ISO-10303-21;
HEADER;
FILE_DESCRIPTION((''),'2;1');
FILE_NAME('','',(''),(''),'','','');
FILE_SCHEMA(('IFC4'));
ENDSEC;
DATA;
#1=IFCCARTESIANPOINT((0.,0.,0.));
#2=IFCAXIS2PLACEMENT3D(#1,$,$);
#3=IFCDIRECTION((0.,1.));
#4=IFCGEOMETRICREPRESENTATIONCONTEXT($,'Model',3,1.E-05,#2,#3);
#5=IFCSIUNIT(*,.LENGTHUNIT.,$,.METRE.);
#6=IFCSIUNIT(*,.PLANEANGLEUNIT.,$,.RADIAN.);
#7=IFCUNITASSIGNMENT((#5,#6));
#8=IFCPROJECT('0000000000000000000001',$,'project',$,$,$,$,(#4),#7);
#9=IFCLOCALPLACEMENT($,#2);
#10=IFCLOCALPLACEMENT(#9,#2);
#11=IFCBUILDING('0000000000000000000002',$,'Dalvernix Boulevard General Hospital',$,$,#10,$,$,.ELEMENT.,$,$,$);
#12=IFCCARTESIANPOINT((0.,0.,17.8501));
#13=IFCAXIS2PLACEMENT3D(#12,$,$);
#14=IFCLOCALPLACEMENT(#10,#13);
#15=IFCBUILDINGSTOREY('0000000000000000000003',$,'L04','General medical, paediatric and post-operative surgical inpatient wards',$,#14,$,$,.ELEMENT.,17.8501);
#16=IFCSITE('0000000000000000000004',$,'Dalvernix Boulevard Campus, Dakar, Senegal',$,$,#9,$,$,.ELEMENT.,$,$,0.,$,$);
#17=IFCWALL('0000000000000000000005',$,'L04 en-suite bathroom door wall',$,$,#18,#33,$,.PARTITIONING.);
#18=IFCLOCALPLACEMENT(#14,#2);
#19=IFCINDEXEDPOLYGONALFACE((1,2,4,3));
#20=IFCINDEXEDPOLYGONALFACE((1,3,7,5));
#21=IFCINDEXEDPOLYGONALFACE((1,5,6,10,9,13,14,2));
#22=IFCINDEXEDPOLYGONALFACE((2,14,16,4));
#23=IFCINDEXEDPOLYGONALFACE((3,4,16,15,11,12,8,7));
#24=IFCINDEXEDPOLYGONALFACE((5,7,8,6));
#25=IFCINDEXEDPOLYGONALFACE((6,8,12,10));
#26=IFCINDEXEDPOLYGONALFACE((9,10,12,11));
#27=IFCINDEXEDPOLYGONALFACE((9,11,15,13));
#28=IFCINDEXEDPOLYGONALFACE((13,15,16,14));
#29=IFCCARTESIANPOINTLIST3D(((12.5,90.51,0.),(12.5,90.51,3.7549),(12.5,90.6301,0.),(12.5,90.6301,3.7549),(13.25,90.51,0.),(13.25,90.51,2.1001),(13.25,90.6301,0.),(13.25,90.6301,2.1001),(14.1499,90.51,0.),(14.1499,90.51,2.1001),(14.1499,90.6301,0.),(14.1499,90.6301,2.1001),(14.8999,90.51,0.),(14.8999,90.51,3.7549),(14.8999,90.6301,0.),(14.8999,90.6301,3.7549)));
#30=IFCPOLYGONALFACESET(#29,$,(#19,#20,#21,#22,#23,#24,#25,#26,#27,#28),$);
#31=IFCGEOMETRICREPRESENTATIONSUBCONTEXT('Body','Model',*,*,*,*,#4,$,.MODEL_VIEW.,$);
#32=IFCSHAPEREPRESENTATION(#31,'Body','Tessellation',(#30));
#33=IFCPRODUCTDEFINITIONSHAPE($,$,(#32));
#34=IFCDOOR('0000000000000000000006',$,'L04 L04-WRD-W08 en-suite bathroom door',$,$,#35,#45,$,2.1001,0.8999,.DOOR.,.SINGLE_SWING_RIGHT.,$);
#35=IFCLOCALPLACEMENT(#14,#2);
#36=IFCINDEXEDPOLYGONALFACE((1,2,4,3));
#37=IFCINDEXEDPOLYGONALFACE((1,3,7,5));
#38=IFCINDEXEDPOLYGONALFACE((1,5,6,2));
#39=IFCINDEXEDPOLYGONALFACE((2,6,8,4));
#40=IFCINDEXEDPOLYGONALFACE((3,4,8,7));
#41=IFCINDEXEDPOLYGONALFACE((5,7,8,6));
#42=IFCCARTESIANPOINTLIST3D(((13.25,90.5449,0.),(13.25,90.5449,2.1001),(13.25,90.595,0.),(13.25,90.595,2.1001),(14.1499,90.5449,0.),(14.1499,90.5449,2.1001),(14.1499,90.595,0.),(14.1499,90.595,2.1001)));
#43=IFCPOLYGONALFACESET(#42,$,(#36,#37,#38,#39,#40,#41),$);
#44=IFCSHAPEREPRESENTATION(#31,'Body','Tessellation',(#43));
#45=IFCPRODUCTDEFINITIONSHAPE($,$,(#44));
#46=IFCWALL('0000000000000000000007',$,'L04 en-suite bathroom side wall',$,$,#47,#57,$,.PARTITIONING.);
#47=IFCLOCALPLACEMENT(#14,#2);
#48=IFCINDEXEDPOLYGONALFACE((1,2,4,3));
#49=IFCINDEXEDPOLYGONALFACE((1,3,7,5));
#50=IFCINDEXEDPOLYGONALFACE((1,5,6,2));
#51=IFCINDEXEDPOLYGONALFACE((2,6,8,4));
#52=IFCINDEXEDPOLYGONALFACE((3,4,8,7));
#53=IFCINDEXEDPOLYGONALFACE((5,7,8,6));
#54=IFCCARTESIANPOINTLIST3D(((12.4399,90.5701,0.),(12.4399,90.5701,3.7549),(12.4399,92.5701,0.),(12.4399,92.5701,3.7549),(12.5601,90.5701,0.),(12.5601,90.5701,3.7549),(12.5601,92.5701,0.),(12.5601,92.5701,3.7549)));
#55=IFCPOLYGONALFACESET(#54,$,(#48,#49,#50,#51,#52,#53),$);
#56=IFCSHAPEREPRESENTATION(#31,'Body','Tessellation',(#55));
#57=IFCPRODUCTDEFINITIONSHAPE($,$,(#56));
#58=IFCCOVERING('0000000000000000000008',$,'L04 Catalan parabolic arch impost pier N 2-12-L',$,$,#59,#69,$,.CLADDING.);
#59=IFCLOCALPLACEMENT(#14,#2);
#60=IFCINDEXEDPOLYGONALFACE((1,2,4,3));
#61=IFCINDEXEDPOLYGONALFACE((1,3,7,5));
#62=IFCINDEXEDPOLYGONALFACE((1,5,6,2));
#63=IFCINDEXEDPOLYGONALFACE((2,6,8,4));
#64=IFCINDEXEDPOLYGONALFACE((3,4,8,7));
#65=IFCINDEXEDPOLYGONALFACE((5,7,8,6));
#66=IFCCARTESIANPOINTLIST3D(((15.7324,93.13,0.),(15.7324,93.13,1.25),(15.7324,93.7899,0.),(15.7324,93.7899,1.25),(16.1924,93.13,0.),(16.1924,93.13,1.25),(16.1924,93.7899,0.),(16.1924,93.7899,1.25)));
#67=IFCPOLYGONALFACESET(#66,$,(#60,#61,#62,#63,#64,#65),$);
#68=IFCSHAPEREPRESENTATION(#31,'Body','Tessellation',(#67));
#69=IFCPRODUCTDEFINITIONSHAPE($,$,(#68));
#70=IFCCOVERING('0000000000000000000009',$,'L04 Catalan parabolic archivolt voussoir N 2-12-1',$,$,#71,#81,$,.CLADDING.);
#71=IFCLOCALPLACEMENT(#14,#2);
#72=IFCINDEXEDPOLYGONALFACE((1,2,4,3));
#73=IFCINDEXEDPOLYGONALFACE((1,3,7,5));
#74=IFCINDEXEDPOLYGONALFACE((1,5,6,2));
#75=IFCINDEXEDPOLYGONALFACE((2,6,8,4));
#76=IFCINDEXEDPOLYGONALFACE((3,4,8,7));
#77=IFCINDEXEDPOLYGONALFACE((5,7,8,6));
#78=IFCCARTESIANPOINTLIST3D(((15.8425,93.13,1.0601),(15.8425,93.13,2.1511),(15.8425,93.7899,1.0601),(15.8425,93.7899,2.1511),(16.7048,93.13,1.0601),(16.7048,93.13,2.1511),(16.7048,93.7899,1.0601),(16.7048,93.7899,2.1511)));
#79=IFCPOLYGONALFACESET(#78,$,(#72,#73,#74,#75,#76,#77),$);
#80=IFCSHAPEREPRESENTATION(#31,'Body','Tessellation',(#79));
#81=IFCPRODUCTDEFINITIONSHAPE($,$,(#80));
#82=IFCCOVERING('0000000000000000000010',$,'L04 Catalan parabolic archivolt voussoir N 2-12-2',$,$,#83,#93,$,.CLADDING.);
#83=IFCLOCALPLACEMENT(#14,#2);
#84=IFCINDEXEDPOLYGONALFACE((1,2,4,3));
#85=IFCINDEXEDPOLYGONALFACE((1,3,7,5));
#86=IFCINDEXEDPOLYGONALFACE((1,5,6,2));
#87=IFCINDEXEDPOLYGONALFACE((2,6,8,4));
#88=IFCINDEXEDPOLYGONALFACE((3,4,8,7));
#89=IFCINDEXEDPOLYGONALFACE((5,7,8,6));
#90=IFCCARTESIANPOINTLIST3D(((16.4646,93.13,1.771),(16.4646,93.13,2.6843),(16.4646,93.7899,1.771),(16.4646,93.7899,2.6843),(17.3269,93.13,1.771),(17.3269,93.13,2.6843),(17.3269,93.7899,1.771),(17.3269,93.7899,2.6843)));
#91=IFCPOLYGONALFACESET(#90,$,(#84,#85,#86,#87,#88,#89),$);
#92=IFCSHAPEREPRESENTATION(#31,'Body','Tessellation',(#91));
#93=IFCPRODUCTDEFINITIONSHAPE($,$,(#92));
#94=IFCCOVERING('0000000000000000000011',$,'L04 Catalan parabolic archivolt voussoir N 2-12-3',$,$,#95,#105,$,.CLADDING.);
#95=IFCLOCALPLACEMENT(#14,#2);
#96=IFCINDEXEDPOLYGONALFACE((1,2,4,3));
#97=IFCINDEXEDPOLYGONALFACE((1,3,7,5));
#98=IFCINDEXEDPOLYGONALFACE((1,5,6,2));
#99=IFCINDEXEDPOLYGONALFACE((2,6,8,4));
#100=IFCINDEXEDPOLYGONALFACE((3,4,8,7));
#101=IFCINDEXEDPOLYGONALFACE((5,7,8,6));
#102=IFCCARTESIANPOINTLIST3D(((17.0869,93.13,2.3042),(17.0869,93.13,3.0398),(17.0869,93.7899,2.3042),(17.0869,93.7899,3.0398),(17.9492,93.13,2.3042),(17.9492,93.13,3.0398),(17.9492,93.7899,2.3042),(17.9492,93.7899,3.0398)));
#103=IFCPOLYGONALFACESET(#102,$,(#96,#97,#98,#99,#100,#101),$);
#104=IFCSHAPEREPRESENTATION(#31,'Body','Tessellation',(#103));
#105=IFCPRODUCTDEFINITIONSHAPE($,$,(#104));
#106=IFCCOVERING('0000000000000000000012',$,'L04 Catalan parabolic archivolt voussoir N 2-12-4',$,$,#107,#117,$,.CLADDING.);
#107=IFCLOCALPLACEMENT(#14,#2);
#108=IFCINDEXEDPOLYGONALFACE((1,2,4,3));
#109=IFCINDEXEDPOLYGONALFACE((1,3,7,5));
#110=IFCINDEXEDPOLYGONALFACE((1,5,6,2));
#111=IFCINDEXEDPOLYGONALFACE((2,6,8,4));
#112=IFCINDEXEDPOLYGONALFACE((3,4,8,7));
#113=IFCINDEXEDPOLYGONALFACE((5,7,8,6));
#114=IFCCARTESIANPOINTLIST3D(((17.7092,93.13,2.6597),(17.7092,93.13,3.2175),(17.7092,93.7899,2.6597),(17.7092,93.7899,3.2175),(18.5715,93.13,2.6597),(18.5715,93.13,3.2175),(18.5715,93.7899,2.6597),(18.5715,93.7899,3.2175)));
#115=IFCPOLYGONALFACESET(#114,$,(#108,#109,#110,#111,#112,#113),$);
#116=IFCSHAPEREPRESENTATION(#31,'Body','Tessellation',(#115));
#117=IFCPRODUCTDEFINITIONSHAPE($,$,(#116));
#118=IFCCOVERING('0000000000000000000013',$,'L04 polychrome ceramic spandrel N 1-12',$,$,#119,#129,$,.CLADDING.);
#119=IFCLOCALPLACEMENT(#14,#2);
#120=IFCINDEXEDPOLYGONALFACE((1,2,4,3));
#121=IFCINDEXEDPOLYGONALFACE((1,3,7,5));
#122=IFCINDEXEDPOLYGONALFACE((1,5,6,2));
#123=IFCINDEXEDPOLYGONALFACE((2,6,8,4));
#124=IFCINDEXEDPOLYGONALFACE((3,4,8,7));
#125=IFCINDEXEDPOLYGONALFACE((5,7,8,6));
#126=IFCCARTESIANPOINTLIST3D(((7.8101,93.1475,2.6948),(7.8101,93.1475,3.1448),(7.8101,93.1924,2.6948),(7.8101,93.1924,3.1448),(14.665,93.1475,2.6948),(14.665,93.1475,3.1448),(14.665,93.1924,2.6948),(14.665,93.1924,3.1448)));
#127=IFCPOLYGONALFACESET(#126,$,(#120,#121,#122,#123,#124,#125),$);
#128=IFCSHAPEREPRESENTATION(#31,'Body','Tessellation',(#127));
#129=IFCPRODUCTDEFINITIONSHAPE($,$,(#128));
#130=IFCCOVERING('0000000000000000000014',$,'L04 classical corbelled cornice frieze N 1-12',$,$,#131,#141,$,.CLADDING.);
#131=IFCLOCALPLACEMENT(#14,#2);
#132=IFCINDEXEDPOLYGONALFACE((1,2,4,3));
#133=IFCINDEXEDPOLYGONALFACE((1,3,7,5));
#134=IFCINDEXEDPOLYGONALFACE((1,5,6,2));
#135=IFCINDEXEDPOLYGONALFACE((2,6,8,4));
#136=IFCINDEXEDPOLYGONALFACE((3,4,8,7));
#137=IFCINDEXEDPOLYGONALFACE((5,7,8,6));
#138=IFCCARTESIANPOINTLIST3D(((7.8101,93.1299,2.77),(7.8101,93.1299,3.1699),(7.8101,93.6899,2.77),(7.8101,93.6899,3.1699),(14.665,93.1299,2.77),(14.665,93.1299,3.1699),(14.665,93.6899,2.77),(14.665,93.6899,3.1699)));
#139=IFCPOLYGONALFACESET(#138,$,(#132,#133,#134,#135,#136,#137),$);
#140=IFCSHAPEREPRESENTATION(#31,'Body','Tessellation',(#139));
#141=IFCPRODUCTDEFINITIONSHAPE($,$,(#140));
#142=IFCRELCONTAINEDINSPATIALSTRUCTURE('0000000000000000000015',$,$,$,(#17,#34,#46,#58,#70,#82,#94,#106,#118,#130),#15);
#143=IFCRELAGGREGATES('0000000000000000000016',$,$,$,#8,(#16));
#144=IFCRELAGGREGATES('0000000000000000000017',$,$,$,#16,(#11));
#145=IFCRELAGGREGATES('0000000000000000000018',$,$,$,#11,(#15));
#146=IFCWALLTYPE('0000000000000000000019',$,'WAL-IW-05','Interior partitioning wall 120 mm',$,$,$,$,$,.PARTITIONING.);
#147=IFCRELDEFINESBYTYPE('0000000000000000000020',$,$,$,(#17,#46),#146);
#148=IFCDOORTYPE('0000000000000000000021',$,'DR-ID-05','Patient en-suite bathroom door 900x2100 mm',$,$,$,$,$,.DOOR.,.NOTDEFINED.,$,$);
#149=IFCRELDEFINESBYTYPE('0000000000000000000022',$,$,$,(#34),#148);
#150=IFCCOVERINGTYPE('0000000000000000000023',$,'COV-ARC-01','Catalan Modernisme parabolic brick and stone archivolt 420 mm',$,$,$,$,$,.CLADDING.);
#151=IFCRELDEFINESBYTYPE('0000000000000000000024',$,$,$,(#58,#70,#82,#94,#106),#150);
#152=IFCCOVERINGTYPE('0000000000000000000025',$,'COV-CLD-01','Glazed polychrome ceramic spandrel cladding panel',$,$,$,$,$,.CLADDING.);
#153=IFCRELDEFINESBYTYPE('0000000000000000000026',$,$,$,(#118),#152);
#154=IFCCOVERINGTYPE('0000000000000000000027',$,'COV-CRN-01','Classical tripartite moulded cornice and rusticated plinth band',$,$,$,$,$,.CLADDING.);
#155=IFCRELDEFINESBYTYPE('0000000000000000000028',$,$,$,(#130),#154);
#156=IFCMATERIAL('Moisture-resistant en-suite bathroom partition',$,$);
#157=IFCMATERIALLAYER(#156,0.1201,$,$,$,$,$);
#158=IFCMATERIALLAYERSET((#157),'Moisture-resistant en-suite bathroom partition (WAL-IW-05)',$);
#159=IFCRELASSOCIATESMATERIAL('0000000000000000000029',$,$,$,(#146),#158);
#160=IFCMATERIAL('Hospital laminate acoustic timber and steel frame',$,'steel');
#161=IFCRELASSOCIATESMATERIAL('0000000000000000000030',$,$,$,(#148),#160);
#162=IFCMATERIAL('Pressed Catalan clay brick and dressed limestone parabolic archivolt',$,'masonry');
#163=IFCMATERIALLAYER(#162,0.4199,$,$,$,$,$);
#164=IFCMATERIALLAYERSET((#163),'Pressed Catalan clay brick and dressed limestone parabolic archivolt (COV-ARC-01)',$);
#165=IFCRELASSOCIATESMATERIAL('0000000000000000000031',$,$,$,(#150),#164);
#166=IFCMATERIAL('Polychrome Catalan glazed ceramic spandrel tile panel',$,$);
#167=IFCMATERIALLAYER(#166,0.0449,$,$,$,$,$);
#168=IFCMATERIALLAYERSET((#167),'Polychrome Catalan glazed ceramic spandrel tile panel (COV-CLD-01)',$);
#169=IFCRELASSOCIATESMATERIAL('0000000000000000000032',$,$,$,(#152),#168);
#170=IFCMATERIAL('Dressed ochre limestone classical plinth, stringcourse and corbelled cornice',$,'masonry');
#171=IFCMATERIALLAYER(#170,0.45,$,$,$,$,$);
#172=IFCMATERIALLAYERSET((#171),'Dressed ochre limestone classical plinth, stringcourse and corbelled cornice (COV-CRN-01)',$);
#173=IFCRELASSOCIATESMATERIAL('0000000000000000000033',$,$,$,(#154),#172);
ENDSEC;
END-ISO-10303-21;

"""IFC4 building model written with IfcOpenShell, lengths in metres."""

from ifc_helpers import new_model, si_unit, direction, frame, frame_2d, origin, origin_2d, place, context, subcontext, project, spatial, rectangle, extrude, material, layer, layer_set, type_object, element, fill, save


model = new_model("IFC4")

# Units and contexts
model_context = context("Model", 3, precision=1e-05, world=origin(), true_north=direction((0.0, 1.0)))
body_context = subcontext(model_context, "Body", "Model", "MODEL_VIEW")
ifc_project = project(units=[si_unit("LENGTHUNIT", "METRE"), si_unit("PLANEANGLEUNIT", "RADIAN")], contexts=[model_context])

# Site, building, storey
site_placement = place(None, origin())
site = spatial("IfcSite", under=ifc_project, at=site_placement, Name="Dalvernix Boulevard Campus, Dakar, Senegal", CompositionType="ELEMENT", RefElevation=0.0)
building_placement = place(site_placement, origin())
building = spatial("IfcBuilding", under=site, at=building_placement, Name="Dalvernix Boulevard General Hospital", CompositionType="ELEMENT")
storey_placement = place(building_placement, frame((0.0, 0.0, 17.8501)))
storey = spatial("IfcBuildingStorey", under=building, at=storey_placement, Name="L04", Description="General medical, paediatric and post-operative surgical inpatient wards", CompositionType="ELEMENT", Elevation=17.8501)

# Shared definitions
ifc_material_1 = material(Name="Hospital laminate acoustic timber and steel frame", Category="steel")

# Wall, opening, door
ifc_material_2 = material(Name="Moisture-resistant en-suite bathroom partition")
ifc_layer_1 = layer(ifc_material_2, 0.1201)
ifc_layer_set_1 = layer_set([ifc_layer_1], Name="Moisture-resistant en-suite bathroom partition (WAL-IW-05)")
wall_type_1 = type_object("IfcWallType", Name="WAL-IW-05", Description="Interior partitioning wall 120 mm", PredefinedType="PARTITIONING", material=ifc_layer_set_1)
wall_1_placement = place(storey_placement, frame((12.5, 90.5701, 0.0), z_axis=(0.0, 0.0, 1.0), x_axis=(1.0, 0.0, 0.0)))
wall_1 = element("IfcWall", 1, at=wall_1_placement, inside=storey, type_object=wall_type_1, Name="L04 en-suite bathroom door wall", PredefinedType="PARTITIONING", context=body_context, shape_type="SweptSolid", body=[
    extrude(rectangle(XDim=2.3999, YDim=0.1201, at=frame_2d((1.2, 0.0))), origin(), (0.0, 0.0, 1.0), 3.7549),
])
opening_1_placement = place(wall_1_placement, frame((0.75, 0.0, 0.0)))
opening_1 = element("IfcOpeningElement", 2, at=opening_1_placement, cuts=wall_1, PredefinedType="OPENING", context=body_context, shape_type="SweptSolid", body=[
    extrude(rectangle(XDim=0.8999, YDim=2.1001, at=frame_2d((0.45, 1.05))), frame((0.0, 0.0701, 0.0), z_axis=(0.0, -1.0, 0.0), x_axis=(1.0, 0.0, 0.0)), (0.0, 0.0, 1.0), 0.1401),
])
door_type_1 = type_object("IfcDoorType", Name="DR-ID-05", Description="Patient en-suite bathroom door 900x2100 mm", OperationType="NOTDEFINED", PredefinedType="DOOR", material=ifc_material_1)
door_1_placement = place(opening_1_placement, origin())
door_1 = element("IfcDoor", 3, at=door_1_placement, inside=storey, type_object=door_type_1, Name="L04 L04-WRD-W08 en-suite bathroom door", OperationType="SINGLE_SWING_RIGHT", OverallHeight=2.1001, OverallWidth=0.8999, PredefinedType="DOOR", context=body_context, shape_type="SweptSolid", body=[
    extrude(rectangle(XDim=0.8999, YDim=2.1001, at=frame_2d((0.45, 1.05))), frame((0.0, 0.0249, 0.0), z_axis=(0.0, -1.0, 0.0), x_axis=(1.0, 0.0, 0.0)), (0.0, 0.0, 1.0), 0.05),
])
fill(opening_1, door_1)

# Wall
wall_2_placement = place(storey_placement, frame((12.5, 90.5701, 0.0), z_axis=(0.0, 0.0, 1.0), x_axis=(0.0, 1.0, 0.0)))
element("IfcWall", 4, at=wall_2_placement, inside=storey, type_object=wall_type_1, Name="L04 en-suite bathroom side wall", PredefinedType="PARTITIONING", context=body_context, shape_type="SweptSolid", body=[
    extrude(rectangle(XDim=2.0, YDim=0.1201, at=frame_2d((1.0, 0.0))), origin(), (0.0, 0.0, 1.0), 3.7549),
])

# Coverings
ifc_material_3 = material(Name="Pressed Catalan clay brick and dressed limestone parabolic archivolt", Category="masonry")
ifc_layer_2 = layer(ifc_material_3, 0.4199)
ifc_layer_set_2 = layer_set([ifc_layer_2], Name="Pressed Catalan clay brick and dressed limestone parabolic archivolt (COV-ARC-01)")
covering_type_1 = type_object("IfcCoveringType", Name="COV-ARC-01", Description="Catalan Modernisme parabolic brick and stone archivolt 420 mm", PredefinedType="CLADDING", material=ifc_layer_set_2)
covering_1_placement = place(storey_placement, frame((15.9624, 93.46, 0.0), z_axis=(0.0, 0.0, 1.0), x_axis=(1.0, 0.0, 0.0)))
element("IfcCovering", 5, at=covering_1_placement, inside=storey, type_object=covering_type_1, Name="L04 Catalan parabolic arch impost pier N 2-12-L", PredefinedType="CLADDING", context=body_context, shape_type="SweptSolid", body=[
    extrude(rectangle(XDim=0.46, YDim=0.6599, at=origin_2d()), origin(), (0.0, 0.0, 1.0), 1.25),
])
covering_2_placement = place(storey_placement, frame((16.2737, 93.46, 1.0601), z_axis=(0.0, 0.0, 1.0), x_axis=(1.0, 0.0, 0.0)))
element("IfcCovering", 6, at=covering_2_placement, inside=storey, type_object=covering_type_1, Name="L04 Catalan parabolic archivolt voussoir N 2-12-1", PredefinedType="CLADDING", context=body_context, shape_type="SweptSolid", body=[
    extrude(rectangle(XDim=0.8623, YDim=0.6599, at=origin_2d()), origin(), (0.0, 0.0, 1.0), 1.0911),
])
covering_3_placement = place(storey_placement, frame((16.8958, 93.46, 1.771), z_axis=(0.0, 0.0, 1.0), x_axis=(1.0, 0.0, 0.0)))
element("IfcCovering", 7, at=covering_3_placement, inside=storey, type_object=covering_type_1, Name="L04 Catalan parabolic archivolt voussoir N 2-12-2", PredefinedType="CLADDING", context=body_context, shape_type="SweptSolid", body=[
    extrude(rectangle(XDim=0.8623, YDim=0.6599, at=origin_2d()), origin(), (0.0, 0.0, 1.0), 0.9133),
])
covering_4_placement = place(storey_placement, frame((17.5181, 93.46, 2.3042), z_axis=(0.0, 0.0, 1.0), x_axis=(1.0, 0.0, 0.0)))
element("IfcCovering", 8, at=covering_4_placement, inside=storey, type_object=covering_type_1, Name="L04 Catalan parabolic archivolt voussoir N 2-12-3", PredefinedType="CLADDING", context=body_context, shape_type="SweptSolid", body=[
    extrude(rectangle(XDim=0.8623, YDim=0.6599, at=origin_2d()), origin(), (0.0, 0.0, 1.0), 0.7356),
])
covering_5_placement = place(storey_placement, frame((18.1404, 93.46, 2.6597), z_axis=(0.0, 0.0, 1.0), x_axis=(1.0, 0.0, 0.0)))
element("IfcCovering", 9, at=covering_5_placement, inside=storey, type_object=covering_type_1, Name="L04 Catalan parabolic archivolt voussoir N 2-12-4", PredefinedType="CLADDING", context=body_context, shape_type="SweptSolid", body=[
    extrude(rectangle(XDim=0.8623, YDim=0.6599, at=origin_2d()), origin(), (0.0, 0.0, 1.0), 0.5579),
])
ifc_material_4 = material(Name="Polychrome Catalan glazed ceramic spandrel tile panel")
ifc_layer_3 = layer(ifc_material_4, 0.0449)
ifc_layer_set_3 = layer_set([ifc_layer_3], Name="Polychrome Catalan glazed ceramic spandrel tile panel (COV-CLD-01)")
covering_type_2 = type_object("IfcCoveringType", Name="COV-CLD-01", Description="Glazed polychrome ceramic spandrel cladding panel", PredefinedType="CLADDING", material=ifc_layer_set_3)
covering_6_placement = place(storey_placement, frame((11.2375, 93.1699, 2.6948), z_axis=(0.0, 0.0, 1.0), x_axis=(1.0, 0.0, 0.0)))
element("IfcCovering", 10, at=covering_6_placement, inside=storey, type_object=covering_type_2, Name="L04 polychrome ceramic spandrel N 1-12", PredefinedType="CLADDING", context=body_context, shape_type="SweptSolid", body=[
    extrude(rectangle(XDim=6.855, YDim=0.0449, at=origin_2d()), origin(), (0.0, 0.0, 1.0), 0.45),
])
ifc_material_5 = material(Name="Dressed ochre limestone classical plinth, stringcourse and corbelled cornice", Category="masonry")
ifc_layer_4 = layer(ifc_material_5, 0.45)
ifc_layer_set_4 = layer_set([ifc_layer_4], Name="Dressed ochre limestone classical plinth, stringcourse and corbelled cornice (COV-CRN-01)")
covering_type_3 = type_object("IfcCoveringType", Name="COV-CRN-01", Description="Classical tripartite moulded cornice and rusticated plinth band", PredefinedType="CLADDING", material=ifc_layer_set_4)
covering_7_placement = place(storey_placement, frame((11.2375, 93.4099, 2.77), z_axis=(0.0, 0.0, 1.0), x_axis=(1.0, 0.0, 0.0)))
element("IfcCovering", 11, at=covering_7_placement, inside=storey, type_object=covering_type_3, Name="L04 classical corbelled cornice frieze N 1-12", PredefinedType="CLADDING", context=body_context, shape_type="SweptSolid", body=[
    extrude(rectangle(XDim=6.855, YDim=0.5601, at=origin_2d()), origin(), (0.0, 0.0, 1.0), 0.3999),
])

save(model, "model.ifc")
